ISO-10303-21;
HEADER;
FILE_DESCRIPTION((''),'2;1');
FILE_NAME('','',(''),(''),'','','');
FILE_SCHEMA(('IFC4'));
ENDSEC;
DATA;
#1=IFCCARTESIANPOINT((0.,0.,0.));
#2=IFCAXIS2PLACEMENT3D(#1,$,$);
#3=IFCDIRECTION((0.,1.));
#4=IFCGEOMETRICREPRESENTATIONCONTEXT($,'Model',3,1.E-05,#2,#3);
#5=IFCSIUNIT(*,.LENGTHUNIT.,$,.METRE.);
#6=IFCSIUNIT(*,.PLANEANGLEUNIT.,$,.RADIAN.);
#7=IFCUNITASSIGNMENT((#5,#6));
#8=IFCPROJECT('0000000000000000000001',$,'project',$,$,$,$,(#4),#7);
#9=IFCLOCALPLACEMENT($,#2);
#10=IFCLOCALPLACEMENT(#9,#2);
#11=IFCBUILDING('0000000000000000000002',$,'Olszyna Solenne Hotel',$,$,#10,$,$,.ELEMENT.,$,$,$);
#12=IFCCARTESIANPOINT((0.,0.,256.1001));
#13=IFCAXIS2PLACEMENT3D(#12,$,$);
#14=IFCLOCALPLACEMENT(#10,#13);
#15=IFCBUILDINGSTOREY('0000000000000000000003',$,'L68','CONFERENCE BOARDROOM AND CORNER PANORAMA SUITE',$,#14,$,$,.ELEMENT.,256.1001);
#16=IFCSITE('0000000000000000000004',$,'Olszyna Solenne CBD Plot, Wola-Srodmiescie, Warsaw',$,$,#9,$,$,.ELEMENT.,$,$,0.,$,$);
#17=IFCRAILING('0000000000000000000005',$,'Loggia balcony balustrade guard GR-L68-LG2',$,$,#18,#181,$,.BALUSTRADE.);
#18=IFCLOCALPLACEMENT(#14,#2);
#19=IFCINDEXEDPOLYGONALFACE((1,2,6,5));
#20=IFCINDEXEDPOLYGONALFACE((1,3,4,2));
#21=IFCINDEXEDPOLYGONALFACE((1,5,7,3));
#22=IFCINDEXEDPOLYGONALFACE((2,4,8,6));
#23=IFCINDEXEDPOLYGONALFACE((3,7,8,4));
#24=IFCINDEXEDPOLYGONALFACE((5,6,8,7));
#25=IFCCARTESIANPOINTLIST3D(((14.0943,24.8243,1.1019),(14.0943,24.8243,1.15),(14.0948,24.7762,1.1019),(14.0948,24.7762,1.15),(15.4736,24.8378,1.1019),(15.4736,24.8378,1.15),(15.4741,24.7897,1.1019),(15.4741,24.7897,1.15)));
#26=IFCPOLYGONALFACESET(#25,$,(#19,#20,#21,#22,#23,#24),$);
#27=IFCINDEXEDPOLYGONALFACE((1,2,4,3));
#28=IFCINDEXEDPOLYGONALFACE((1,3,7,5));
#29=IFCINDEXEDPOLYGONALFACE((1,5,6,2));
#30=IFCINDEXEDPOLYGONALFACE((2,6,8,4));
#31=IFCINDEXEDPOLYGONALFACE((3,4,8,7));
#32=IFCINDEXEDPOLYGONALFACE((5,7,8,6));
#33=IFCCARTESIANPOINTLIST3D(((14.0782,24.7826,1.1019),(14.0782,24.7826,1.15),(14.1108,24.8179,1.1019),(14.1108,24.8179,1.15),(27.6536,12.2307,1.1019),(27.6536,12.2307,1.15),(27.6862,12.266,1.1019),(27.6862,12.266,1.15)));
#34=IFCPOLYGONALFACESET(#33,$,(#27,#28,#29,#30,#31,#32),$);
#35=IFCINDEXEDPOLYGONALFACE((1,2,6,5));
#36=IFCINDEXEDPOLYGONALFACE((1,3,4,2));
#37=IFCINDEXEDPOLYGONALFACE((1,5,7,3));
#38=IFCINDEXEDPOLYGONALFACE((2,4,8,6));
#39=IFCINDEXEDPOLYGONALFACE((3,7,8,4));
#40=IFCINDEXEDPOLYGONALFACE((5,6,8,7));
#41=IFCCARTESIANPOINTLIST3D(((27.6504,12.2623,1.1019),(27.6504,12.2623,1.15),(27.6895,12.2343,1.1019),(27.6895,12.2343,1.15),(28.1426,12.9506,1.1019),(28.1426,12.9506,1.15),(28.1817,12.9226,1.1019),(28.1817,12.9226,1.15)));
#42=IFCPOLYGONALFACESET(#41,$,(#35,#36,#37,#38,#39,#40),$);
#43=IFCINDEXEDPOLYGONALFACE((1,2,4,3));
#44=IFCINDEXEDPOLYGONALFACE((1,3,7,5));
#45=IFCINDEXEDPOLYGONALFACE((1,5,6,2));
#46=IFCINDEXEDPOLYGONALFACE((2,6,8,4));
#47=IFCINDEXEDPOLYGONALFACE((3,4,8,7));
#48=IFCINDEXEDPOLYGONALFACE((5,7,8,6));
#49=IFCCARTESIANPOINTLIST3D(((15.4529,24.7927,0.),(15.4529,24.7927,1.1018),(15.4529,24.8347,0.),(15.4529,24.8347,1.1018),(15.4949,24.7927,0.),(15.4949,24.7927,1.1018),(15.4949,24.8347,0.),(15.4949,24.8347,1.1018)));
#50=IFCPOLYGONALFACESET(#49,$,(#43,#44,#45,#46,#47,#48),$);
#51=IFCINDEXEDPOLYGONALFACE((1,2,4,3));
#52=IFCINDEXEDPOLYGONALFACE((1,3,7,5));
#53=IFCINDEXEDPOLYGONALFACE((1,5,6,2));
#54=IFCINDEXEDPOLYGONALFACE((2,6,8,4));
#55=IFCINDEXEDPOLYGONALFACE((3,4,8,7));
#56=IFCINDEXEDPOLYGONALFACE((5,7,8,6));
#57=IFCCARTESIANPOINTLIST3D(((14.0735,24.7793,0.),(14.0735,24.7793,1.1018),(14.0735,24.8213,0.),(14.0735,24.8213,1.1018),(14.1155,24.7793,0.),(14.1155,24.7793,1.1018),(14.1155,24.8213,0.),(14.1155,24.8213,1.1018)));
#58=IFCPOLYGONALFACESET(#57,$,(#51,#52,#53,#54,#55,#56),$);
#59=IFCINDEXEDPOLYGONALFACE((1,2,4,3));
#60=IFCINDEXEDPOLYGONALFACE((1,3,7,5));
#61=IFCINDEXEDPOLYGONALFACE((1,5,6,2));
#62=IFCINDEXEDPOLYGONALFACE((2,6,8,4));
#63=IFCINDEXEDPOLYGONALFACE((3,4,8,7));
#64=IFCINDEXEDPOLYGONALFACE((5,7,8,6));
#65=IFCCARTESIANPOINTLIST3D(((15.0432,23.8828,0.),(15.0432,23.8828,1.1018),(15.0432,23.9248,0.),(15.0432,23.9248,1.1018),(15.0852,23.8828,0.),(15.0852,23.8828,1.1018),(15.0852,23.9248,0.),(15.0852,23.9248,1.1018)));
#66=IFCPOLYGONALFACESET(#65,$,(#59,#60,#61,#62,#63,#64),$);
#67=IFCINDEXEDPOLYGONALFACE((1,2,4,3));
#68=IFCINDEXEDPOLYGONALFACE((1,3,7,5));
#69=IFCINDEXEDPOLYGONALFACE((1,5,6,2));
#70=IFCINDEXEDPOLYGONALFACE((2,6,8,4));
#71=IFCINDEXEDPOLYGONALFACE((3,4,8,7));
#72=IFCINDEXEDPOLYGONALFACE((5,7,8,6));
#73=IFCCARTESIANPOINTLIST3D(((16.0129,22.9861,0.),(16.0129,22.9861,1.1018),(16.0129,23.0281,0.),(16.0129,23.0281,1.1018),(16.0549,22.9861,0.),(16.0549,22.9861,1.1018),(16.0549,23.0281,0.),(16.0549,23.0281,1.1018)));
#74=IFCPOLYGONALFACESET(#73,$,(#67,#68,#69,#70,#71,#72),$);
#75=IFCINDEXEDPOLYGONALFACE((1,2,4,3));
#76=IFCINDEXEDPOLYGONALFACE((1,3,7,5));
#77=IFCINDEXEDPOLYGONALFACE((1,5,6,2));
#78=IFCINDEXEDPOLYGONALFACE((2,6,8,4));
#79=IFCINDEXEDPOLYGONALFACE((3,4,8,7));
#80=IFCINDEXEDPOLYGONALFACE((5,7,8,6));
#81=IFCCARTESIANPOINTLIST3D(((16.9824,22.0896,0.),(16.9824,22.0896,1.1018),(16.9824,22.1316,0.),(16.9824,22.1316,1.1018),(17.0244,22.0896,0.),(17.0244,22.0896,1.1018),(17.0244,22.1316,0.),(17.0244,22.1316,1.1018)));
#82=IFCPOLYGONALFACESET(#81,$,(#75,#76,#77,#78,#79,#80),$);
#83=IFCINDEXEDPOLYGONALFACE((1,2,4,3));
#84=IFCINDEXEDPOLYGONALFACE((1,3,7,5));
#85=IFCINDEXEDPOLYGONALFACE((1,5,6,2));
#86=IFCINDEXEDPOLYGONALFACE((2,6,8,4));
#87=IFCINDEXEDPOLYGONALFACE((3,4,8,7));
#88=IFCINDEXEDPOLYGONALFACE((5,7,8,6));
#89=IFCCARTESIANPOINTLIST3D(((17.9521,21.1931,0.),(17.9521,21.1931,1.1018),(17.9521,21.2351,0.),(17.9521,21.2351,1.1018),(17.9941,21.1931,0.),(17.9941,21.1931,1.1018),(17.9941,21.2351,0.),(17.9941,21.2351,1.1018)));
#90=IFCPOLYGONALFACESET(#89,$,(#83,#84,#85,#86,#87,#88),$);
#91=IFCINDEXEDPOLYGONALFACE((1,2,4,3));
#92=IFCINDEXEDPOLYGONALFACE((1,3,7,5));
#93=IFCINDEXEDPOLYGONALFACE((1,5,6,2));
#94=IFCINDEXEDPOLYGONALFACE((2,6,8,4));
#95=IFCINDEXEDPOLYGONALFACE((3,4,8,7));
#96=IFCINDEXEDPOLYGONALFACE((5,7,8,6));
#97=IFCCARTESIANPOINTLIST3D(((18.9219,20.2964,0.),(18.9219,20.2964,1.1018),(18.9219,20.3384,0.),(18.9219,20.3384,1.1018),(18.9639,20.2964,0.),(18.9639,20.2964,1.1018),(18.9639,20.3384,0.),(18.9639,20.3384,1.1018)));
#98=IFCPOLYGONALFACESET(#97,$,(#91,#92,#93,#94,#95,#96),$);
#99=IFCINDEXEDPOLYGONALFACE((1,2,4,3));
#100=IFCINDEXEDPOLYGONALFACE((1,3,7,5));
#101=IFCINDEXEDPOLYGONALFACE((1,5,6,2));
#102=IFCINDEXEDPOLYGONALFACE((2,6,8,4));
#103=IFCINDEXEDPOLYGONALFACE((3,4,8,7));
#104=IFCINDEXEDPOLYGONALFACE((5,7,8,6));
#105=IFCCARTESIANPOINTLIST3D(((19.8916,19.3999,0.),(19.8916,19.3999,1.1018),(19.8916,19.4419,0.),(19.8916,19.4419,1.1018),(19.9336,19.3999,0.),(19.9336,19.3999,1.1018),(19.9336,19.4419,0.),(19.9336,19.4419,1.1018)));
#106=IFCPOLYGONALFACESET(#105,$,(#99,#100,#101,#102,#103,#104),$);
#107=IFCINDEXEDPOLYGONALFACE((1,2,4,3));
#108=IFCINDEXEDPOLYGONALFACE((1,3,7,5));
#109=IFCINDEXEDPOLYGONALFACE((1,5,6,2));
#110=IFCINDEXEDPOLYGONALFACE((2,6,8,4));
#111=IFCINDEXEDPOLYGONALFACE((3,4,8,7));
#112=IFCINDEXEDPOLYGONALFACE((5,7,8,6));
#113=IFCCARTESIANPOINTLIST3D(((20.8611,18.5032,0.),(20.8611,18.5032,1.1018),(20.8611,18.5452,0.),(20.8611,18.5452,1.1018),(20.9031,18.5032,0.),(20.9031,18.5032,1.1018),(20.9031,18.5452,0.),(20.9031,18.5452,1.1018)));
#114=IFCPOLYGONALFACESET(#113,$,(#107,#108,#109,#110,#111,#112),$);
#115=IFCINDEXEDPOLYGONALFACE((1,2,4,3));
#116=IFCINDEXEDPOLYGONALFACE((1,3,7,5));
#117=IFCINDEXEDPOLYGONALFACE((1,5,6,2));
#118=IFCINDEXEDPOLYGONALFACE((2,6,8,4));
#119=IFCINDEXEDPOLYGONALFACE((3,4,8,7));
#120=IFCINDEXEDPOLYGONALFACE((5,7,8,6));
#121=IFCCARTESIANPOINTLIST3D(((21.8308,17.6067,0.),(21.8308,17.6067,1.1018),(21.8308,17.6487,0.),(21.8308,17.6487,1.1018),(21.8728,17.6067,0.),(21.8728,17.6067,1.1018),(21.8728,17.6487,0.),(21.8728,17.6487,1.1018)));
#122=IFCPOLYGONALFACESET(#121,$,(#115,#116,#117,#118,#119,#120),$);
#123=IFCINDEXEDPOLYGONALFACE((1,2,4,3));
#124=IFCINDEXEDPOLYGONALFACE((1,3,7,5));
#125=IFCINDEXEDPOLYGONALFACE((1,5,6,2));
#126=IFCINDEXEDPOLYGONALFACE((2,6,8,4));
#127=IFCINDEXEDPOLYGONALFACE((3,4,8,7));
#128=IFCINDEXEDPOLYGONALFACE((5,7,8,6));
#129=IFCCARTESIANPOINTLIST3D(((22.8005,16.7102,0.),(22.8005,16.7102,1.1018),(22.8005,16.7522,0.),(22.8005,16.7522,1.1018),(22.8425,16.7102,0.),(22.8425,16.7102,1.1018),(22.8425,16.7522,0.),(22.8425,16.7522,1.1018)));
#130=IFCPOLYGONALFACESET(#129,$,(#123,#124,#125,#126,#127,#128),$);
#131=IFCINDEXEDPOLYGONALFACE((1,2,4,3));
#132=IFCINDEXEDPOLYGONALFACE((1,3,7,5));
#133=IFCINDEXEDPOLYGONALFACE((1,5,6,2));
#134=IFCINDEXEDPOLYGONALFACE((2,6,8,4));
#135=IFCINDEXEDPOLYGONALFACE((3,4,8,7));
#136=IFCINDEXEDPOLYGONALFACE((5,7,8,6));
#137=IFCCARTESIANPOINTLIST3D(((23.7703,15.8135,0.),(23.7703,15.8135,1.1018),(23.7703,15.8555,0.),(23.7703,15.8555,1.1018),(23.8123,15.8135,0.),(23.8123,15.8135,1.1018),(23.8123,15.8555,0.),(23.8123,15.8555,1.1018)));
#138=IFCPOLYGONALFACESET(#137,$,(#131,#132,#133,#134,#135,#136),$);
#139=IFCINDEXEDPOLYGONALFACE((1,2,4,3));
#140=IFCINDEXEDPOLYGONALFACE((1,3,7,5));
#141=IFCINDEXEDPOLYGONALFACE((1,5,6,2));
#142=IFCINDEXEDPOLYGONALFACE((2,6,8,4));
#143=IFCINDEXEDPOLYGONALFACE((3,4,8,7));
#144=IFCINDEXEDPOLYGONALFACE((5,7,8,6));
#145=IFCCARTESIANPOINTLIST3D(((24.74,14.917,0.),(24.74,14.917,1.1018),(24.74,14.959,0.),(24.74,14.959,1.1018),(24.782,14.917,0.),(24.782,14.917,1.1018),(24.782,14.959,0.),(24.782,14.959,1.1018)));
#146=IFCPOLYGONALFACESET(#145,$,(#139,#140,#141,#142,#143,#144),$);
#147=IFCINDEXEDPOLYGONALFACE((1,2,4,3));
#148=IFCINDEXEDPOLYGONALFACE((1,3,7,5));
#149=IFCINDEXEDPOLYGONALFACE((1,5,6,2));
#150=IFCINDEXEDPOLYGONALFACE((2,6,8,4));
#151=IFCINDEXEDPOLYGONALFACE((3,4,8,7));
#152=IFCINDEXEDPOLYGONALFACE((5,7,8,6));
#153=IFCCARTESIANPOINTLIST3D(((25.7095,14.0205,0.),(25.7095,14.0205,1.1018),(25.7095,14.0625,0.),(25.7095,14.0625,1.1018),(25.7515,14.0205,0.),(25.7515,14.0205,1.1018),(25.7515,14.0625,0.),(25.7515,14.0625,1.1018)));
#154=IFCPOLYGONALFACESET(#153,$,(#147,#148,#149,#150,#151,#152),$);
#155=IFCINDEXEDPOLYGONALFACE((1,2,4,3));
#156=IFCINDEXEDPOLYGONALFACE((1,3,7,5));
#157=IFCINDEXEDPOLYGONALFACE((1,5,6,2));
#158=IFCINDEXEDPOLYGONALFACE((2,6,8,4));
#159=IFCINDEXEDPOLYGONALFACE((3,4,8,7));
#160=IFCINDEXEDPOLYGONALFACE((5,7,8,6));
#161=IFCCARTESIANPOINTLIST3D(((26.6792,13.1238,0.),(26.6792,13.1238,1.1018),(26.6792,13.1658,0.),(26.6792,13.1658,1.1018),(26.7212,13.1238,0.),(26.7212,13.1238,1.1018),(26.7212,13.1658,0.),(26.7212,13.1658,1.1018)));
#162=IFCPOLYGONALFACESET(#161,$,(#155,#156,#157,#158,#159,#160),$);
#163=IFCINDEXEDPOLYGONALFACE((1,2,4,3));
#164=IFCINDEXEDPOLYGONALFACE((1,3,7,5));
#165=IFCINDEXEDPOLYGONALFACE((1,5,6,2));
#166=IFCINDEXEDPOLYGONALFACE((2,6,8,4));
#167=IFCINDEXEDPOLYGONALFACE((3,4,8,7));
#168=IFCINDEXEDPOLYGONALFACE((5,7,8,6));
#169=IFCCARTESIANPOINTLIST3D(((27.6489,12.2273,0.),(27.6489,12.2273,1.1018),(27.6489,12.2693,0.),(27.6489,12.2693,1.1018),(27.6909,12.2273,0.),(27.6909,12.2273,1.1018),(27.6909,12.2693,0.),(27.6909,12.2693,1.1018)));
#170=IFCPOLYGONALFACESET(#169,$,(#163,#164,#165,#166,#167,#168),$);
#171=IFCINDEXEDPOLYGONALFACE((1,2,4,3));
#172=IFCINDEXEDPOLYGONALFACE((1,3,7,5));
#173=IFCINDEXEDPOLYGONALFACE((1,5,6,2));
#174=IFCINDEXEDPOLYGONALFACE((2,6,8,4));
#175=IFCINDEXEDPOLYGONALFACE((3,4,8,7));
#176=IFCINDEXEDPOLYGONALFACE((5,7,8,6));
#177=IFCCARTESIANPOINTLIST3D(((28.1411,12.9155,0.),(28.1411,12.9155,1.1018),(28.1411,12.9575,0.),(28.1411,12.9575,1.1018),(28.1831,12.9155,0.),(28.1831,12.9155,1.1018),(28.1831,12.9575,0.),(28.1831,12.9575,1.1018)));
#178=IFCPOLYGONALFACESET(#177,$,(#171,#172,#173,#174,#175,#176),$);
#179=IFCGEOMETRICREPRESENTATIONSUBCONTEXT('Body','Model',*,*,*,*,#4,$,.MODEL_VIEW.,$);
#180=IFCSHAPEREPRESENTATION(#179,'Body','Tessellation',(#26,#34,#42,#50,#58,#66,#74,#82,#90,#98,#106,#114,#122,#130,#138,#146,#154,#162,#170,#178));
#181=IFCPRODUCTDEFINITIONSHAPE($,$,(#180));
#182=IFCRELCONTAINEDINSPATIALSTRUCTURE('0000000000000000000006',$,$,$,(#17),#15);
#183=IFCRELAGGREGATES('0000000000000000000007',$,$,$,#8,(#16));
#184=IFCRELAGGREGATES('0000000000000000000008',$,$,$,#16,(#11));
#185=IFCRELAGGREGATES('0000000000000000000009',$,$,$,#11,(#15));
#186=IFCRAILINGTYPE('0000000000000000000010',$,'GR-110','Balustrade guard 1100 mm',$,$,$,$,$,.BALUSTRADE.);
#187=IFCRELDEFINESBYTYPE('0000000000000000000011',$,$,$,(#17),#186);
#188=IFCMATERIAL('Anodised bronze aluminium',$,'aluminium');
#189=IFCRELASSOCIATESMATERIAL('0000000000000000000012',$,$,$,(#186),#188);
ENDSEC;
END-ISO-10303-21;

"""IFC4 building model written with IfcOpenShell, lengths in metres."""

from ifc_helpers import new_model, si_unit, direction, frame, origin, origin_2d, place, context, subcontext, project, spatial, rectangle, extrude, material, type_object, element, save


model = new_model("IFC4")

# Units and contexts
model_context = context("Model", 3, precision=1e-05, world=origin(), true_north=direction((0.0, 1.0)))
body_context = subcontext(model_context, "Body", "Model", "MODEL_VIEW")
ifc_project = project(units=[si_unit("LENGTHUNIT", "METRE"), si_unit("PLANEANGLEUNIT", "RADIAN")], contexts=[model_context])

# Site, building, storey
site_placement = place(None, origin())
site = spatial("IfcSite", under=ifc_project, at=site_placement, Name="Olszyna Solenne CBD Plot, Wola-Srodmiescie, Warsaw", CompositionType="ELEMENT", RefElevation=0.0)
building_placement = place(site_placement, origin())
building = spatial("IfcBuilding", under=site, at=building_placement, Name="Olszyna Solenne Hotel", CompositionType="ELEMENT")
storey_placement = place(building_placement, frame((0.0, 0.0, 256.1001)))
storey = spatial("IfcBuildingStorey", under=building, at=storey_placement, Name="L68", Description="CONFERENCE BOARDROOM AND CORNER PANORAMA SUITE", CompositionType="ELEMENT", Elevation=256.1001)

# Railing
ifc_material_1 = material(Name="Anodised bronze aluminium", Category="aluminium")
railing_type = type_object("IfcRailingType", Name="GR-110", Description="Balustrade guard 1100 mm", PredefinedType="BALUSTRADE", material=ifc_material_1)
railing_placement = place(storey_placement, frame((15.4739, 24.8137, 0.0)))
element("IfcRailing", 1, at=railing_placement, inside=storey, type_object=railing_type, Name="Loggia balcony balustrade guard GR-L68-LG2", PredefinedType="BALUSTRADE", context=body_context, shape_type="SweptSolid", body=[
    extrude(rectangle(XDim=0.0481, YDim=0.0481, at=origin_2d()), frame((0.0, 0.0, 1.126), z_axis=(-0.999953, -0.009734, 0.0), x_axis=(0.009734, -0.999953, 0.0)), (0.0, 0.0, 1.0), 1.3794),
    extrude(rectangle(XDim=0.0481, YDim=0.0481, at=origin_2d()), frame((-1.3794, -0.0134, 1.126), z_axis=(0.734242, -0.678888, 0.0), x_axis=(0.678888, 0.734242, 0.0)), (0.0, 0.0, 1.0), 18.489),
    extrude(rectangle(XDim=0.0481, YDim=0.0481, at=origin_2d()), frame((12.196, -12.5654, 1.126), z_axis=(0.581702, 0.813402, 0.0), x_axis=(-0.813402, 0.581702, 0.0)), (0.0, 0.0, 1.0), 0.8462),
    extrude(rectangle(XDim=0.042, YDim=0.042, at=origin_2d()), origin(), (0.0, 0.0, 1.0), 1.1018),
    extrude(rectangle(XDim=0.042, YDim=0.042, at=origin_2d()), frame((-1.3794, -0.0134, 0.0)), (0.0, 0.0, 1.0), 1.1018),
    extrude(rectangle(XDim=0.042, YDim=0.042, at=origin_2d()), frame((-0.4097, -0.9099, 0.0)), (0.0, 0.0, 1.0), 1.1018),
    extrude(rectangle(XDim=0.042, YDim=0.042, at=origin_2d()), frame((0.5601, -1.8066, 0.0)), (0.0, 0.0, 1.0), 1.1018),
    extrude(rectangle(XDim=0.042, YDim=0.042, at=origin_2d()), frame((1.5295, -2.7031, 0.0)), (0.0, 0.0, 1.0), 1.1018),
    extrude(rectangle(XDim=0.042, YDim=0.042, at=origin_2d()), frame((2.4993, -3.5996, 0.0)), (0.0, 0.0, 1.0), 1.1018),
    extrude(rectangle(XDim=0.042, YDim=0.042, at=origin_2d()), frame((3.469, -4.4963, 0.0)), (0.0, 0.0, 1.0), 1.1018),
    extrude(rectangle(XDim=0.042, YDim=0.042, at=origin_2d()), frame((4.4387, -5.3928, 0.0)), (0.0, 0.0, 1.0), 1.1018),
    extrude(rectangle(XDim=0.042, YDim=0.042, at=origin_2d()), frame((5.4082, -6.2896, 0.0)), (0.0, 0.0, 1.0), 1.1018),
    extrude(rectangle(XDim=0.042, YDim=0.042, at=origin_2d()), frame((6.3779, -7.186, 0.0)), (0.0, 0.0, 1.0), 1.1018),
    extrude(rectangle(XDim=0.042, YDim=0.042, at=origin_2d()), frame((7.3477, -8.0825, 0.0)), (0.0, 0.0, 1.0), 1.1018),
    extrude(rectangle(XDim=0.042, YDim=0.042, at=origin_2d()), frame((8.3174, -8.9792, 0.0)), (0.0, 0.0, 1.0), 1.1018),
    extrude(rectangle(XDim=0.042, YDim=0.042, at=origin_2d()), frame((9.2871, -9.8757, 0.0)), (0.0, 0.0, 1.0), 1.1018),
    extrude(rectangle(XDim=0.042, YDim=0.042, at=origin_2d()), frame((10.2566, -10.7722, 0.0)), (0.0, 0.0, 1.0), 1.1018),
    extrude(rectangle(XDim=0.042, YDim=0.042, at=origin_2d()), frame((11.2263, -11.6689, 0.0)), (0.0, 0.0, 1.0), 1.1018),
    extrude(rectangle(XDim=0.042, YDim=0.042, at=origin_2d()), frame((12.196, -12.5654, 0.0)), (0.0, 0.0, 1.0), 1.1018),
    extrude(rectangle(XDim=0.042, YDim=0.042, at=origin_2d()), frame((12.6882, -11.8772, 0.0)), (0.0, 0.0, 1.0), 1.1018),
])

save(model, "model.ifc")
